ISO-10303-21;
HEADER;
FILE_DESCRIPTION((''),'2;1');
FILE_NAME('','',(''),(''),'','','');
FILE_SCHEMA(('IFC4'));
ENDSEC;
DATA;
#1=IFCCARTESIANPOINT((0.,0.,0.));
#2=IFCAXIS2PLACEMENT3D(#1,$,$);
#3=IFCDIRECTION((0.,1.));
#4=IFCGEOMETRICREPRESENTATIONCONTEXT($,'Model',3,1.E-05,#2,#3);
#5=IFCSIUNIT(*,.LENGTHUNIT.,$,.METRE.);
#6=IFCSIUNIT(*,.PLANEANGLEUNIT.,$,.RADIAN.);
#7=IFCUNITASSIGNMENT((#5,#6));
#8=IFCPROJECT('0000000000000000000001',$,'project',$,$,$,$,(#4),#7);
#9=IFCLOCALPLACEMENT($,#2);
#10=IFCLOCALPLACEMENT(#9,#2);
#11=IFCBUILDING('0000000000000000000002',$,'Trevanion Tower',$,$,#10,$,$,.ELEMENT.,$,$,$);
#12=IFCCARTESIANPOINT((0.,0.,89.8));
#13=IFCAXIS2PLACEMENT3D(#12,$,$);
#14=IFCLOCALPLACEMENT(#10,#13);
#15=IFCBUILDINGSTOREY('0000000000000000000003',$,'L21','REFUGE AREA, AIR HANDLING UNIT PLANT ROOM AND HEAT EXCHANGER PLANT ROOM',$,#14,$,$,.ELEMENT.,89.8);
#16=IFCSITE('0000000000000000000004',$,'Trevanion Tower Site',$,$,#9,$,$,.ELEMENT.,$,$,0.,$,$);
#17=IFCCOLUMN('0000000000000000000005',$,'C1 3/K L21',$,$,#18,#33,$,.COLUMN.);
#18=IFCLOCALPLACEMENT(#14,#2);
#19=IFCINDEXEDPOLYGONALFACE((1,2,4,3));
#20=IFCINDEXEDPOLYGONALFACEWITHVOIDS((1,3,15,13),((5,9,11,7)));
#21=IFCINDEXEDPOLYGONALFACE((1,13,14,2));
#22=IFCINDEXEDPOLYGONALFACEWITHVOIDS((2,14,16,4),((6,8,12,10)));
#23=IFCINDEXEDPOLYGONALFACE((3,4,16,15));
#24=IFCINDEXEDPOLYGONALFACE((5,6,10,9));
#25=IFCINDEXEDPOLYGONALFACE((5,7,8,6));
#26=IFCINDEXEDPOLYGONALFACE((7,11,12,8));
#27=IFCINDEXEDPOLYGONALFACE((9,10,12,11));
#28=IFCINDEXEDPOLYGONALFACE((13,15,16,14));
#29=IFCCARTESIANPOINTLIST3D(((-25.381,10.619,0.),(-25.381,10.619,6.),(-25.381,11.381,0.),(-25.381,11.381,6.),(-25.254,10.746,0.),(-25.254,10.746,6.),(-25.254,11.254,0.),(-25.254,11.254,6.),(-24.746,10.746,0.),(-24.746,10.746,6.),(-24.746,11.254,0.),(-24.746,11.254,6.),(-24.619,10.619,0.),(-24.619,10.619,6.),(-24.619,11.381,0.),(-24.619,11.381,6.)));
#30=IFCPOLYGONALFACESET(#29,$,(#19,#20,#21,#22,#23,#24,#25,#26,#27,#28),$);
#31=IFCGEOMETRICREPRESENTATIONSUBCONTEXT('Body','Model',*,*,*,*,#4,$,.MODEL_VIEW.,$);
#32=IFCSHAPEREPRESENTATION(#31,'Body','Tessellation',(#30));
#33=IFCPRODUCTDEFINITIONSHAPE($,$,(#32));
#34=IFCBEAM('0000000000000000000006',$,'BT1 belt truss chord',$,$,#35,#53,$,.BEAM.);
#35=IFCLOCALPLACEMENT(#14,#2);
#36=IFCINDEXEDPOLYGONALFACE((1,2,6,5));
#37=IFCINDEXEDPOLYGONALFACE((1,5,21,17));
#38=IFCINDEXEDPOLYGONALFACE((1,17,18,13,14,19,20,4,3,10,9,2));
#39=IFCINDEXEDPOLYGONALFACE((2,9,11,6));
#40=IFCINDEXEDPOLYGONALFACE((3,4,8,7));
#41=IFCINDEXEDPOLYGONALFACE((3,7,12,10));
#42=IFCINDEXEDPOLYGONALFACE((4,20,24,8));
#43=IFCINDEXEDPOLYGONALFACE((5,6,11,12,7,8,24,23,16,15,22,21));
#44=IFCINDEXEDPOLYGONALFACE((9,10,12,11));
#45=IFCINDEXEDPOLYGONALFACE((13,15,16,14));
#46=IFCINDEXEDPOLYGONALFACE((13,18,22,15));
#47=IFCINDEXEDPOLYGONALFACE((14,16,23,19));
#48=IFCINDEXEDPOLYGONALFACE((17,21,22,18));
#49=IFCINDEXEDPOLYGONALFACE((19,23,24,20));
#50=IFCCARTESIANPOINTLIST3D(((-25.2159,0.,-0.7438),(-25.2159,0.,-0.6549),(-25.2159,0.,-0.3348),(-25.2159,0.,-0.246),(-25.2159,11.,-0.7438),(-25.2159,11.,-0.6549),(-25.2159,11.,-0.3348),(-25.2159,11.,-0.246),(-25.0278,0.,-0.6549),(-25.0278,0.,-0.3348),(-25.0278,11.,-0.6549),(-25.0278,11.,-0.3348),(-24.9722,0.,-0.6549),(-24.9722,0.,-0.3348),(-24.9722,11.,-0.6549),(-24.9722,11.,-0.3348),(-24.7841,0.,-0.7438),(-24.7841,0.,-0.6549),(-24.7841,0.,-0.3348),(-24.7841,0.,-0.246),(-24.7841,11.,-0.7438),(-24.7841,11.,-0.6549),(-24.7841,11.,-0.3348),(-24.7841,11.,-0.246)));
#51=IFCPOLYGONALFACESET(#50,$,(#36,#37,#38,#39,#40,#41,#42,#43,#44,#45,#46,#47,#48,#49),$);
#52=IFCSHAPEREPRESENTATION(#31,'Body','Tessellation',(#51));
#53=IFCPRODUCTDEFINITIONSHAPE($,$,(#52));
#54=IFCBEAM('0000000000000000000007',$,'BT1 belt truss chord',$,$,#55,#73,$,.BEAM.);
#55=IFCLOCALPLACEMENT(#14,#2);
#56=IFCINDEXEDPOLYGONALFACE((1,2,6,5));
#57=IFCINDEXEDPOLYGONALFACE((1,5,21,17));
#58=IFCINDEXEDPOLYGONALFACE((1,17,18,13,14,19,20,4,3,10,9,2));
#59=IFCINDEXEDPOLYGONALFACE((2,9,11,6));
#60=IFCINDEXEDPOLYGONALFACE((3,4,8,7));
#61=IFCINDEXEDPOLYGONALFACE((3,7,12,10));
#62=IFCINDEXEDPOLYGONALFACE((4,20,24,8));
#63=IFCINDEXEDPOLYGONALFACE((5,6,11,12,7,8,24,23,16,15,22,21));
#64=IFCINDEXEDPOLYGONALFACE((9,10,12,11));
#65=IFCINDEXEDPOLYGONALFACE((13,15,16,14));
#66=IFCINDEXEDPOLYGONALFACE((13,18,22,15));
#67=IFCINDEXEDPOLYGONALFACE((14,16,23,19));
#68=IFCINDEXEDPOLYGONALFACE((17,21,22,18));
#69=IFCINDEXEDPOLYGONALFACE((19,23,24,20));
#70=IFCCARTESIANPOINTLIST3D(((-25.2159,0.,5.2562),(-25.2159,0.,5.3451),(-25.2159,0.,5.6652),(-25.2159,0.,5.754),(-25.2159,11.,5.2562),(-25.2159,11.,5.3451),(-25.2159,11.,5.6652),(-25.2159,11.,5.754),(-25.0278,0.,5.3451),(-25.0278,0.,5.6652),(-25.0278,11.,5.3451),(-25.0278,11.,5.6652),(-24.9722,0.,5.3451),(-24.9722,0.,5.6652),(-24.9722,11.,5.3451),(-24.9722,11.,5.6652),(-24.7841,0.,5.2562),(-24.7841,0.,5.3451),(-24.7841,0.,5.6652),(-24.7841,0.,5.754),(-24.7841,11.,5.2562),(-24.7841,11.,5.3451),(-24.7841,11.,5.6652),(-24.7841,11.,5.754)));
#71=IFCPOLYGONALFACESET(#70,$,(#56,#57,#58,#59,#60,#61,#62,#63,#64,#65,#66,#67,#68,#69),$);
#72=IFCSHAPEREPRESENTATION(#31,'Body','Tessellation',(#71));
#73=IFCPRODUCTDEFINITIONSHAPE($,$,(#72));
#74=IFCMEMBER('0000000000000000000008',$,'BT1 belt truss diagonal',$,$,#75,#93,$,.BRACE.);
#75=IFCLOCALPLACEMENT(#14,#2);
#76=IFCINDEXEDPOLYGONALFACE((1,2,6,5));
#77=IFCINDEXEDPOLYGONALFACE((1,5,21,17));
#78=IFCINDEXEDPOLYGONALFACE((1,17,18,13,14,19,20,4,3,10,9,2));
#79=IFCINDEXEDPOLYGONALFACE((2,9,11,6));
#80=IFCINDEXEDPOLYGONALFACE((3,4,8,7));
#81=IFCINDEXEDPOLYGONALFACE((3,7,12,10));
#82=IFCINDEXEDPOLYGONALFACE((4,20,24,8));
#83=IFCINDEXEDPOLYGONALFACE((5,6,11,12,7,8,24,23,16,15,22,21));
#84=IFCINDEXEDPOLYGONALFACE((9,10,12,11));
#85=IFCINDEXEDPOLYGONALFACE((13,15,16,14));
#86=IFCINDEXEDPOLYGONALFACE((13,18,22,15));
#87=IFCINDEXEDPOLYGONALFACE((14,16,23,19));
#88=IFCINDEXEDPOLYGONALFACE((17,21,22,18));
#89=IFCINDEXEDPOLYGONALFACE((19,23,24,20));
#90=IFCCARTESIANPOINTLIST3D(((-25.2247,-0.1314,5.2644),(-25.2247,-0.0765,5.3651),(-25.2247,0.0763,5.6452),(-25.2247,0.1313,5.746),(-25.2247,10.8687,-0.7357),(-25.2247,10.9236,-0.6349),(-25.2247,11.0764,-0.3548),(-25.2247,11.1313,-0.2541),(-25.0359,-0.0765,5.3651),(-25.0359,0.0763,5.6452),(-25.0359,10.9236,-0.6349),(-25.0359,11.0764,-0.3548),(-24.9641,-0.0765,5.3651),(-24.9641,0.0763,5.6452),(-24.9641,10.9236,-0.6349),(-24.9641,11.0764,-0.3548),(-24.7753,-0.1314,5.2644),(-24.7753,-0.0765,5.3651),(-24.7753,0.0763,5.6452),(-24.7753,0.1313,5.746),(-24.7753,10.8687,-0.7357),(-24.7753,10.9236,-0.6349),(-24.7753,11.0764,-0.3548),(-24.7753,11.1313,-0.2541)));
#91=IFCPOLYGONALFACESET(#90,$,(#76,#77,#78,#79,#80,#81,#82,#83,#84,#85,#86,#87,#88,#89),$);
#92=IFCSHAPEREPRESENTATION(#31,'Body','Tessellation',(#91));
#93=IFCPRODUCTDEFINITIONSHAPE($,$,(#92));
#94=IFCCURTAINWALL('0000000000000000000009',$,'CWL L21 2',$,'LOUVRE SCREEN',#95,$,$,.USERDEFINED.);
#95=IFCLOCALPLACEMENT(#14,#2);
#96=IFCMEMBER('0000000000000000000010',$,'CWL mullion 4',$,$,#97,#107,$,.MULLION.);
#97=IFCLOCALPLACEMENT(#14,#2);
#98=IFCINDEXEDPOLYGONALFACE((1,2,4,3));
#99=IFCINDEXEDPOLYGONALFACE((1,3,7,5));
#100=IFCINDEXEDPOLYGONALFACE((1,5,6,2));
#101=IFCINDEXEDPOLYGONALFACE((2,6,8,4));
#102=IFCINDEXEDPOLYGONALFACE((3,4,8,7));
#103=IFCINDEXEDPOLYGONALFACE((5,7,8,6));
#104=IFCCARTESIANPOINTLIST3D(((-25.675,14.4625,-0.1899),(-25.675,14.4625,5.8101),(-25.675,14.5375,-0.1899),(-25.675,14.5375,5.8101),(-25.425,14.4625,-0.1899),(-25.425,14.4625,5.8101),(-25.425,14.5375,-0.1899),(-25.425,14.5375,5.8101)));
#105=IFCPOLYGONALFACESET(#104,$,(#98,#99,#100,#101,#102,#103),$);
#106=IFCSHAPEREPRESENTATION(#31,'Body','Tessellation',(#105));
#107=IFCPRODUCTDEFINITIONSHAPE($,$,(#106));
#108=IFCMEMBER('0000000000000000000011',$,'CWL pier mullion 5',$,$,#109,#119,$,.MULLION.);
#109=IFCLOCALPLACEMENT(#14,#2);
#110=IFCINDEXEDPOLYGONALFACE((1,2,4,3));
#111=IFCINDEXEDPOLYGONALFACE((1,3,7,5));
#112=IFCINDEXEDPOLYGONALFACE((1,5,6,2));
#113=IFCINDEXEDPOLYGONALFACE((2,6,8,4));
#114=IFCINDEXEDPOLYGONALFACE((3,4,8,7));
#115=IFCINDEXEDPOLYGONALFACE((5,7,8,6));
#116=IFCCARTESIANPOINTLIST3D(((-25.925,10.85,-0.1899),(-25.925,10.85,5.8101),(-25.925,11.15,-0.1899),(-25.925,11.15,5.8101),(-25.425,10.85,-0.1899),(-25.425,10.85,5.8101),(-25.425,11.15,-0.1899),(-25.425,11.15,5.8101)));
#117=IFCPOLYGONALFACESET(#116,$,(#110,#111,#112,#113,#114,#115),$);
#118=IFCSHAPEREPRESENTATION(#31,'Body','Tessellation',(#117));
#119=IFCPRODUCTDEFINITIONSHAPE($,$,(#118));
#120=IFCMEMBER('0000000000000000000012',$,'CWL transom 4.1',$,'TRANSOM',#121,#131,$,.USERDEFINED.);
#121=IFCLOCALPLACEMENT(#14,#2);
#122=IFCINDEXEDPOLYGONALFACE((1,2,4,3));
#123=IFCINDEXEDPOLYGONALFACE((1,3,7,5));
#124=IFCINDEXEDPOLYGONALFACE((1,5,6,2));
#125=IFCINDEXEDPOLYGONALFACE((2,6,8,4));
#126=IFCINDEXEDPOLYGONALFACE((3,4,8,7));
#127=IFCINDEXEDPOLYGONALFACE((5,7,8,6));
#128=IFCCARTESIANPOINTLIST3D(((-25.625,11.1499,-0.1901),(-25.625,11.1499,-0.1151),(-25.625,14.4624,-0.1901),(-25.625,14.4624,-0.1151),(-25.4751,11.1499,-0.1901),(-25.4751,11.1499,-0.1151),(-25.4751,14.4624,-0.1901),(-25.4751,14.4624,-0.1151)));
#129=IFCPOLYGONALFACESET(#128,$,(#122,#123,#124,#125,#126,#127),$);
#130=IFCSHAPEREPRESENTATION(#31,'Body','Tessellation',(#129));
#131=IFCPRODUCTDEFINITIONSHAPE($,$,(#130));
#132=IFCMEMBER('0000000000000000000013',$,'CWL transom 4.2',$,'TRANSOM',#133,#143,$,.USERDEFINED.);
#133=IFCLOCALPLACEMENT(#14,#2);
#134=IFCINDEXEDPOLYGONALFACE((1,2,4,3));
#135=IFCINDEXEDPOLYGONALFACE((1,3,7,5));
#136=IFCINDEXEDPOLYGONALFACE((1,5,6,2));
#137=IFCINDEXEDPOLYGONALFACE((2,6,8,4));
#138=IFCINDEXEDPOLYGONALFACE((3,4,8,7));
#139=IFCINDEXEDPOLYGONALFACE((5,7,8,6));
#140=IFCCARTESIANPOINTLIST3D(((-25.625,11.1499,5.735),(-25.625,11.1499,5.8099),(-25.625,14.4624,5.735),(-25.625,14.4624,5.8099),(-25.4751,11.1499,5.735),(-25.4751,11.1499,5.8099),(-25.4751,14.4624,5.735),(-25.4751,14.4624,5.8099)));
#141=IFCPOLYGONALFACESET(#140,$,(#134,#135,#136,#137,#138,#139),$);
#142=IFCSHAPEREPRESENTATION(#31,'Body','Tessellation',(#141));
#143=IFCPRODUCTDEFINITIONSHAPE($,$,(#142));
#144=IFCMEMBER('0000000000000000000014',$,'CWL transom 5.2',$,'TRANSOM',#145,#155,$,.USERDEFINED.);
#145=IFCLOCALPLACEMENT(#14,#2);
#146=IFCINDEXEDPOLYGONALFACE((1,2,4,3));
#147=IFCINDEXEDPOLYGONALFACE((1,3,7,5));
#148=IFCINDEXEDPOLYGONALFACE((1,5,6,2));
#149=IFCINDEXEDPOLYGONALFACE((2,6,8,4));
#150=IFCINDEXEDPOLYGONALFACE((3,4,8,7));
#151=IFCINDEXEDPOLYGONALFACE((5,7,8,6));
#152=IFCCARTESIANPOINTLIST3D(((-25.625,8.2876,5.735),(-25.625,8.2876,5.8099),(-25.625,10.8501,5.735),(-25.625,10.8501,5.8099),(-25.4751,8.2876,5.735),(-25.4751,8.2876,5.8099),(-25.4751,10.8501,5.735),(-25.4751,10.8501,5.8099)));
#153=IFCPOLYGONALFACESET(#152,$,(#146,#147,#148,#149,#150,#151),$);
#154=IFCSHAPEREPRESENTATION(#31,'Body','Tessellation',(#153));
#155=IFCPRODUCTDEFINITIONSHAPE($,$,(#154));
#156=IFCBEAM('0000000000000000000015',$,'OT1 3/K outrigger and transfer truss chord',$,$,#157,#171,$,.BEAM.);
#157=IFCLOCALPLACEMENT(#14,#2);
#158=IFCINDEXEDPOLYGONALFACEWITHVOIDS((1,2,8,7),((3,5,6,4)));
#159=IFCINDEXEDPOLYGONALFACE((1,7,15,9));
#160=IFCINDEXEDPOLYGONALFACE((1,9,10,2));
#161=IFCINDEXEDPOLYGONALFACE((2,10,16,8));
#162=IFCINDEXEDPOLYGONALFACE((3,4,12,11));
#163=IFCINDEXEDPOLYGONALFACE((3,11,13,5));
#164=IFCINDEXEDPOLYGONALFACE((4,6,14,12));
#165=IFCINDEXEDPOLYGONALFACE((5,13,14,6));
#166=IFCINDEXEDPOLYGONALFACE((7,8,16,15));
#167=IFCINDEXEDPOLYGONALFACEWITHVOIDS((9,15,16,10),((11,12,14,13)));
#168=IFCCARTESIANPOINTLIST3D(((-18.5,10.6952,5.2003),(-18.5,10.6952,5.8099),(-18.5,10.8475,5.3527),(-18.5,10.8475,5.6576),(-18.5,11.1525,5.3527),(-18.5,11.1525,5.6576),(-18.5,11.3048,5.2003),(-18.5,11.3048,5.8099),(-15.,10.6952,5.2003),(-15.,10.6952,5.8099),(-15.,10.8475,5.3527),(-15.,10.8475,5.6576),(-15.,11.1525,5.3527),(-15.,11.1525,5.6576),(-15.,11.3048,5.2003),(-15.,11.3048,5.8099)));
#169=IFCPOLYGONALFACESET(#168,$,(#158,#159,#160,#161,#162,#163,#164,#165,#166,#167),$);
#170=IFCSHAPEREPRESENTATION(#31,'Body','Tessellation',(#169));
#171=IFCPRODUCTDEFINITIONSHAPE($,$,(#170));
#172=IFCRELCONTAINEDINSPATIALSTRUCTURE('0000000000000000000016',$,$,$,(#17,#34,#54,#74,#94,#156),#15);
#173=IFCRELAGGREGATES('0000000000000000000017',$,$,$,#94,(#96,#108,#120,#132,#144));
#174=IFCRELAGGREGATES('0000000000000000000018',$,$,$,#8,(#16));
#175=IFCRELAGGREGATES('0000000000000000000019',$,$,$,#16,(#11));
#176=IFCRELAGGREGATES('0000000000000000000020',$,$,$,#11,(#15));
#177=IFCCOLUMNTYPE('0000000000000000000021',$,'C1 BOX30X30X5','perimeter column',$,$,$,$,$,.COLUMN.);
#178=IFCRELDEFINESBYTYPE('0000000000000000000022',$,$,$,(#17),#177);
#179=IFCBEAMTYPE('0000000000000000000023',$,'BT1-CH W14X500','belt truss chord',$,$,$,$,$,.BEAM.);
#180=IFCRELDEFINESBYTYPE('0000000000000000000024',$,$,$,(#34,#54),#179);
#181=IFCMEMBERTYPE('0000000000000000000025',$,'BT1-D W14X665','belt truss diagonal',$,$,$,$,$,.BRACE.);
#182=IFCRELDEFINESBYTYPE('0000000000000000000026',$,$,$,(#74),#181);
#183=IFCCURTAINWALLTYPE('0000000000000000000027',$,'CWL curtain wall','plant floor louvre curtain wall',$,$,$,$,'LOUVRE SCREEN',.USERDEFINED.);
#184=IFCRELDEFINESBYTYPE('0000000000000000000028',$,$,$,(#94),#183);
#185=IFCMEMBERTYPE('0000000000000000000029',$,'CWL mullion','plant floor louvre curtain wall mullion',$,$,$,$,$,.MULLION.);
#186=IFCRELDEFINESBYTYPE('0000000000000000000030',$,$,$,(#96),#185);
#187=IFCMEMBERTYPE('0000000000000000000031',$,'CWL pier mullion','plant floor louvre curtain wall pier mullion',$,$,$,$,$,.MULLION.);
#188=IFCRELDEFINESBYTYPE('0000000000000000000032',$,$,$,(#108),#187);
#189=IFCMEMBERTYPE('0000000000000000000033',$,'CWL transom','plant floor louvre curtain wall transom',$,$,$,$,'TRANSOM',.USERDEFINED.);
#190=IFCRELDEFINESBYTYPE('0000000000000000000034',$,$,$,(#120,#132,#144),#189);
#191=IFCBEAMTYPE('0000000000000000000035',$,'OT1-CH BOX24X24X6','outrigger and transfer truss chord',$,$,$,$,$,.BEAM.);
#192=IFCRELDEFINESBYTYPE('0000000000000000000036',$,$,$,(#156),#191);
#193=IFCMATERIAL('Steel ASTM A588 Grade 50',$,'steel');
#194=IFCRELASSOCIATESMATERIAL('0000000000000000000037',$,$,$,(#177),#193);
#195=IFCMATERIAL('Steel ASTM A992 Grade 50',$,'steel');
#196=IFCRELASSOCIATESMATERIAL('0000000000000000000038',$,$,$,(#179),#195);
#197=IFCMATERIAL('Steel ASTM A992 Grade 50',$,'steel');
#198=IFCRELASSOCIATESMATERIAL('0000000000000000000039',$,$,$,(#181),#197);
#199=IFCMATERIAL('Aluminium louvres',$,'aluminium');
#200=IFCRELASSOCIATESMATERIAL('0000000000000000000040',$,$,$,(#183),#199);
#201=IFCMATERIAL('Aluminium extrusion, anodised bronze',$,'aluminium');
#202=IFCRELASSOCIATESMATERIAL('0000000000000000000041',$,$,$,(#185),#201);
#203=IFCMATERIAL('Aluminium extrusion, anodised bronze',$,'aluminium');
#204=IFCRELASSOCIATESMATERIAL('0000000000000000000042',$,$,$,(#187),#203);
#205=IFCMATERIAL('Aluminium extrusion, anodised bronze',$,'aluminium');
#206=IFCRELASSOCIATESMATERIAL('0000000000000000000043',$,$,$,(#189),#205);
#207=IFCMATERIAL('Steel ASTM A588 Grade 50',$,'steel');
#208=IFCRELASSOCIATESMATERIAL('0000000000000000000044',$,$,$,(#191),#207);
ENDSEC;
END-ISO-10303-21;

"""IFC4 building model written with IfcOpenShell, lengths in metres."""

from ifc_helpers import new_model, si_unit, direction, frame, origin, origin_2d, place, context, subcontext, project, spatial, rectangle, hollow_rectangle, i_section, extrude, material, material_profile, profile_set, type_object, element, aggregate, save


model = new_model("IFC4")

# Units and contexts
model_context = context("Model", 3, precision=1e-05, world=origin(), true_north=direction((0.0, 1.0)))
body_context = subcontext(model_context, "Body", "Model", "MODEL_VIEW")
ifc_project = project(units=[si_unit("LENGTHUNIT", "METRE"), si_unit("PLANEANGLEUNIT", "RADIAN")], contexts=[model_context])

# Site, building, storey
site_placement = place(None, origin())
site = spatial("IfcSite", under=ifc_project, at=site_placement, Name="Trevanion Tower Site", CompositionType="ELEMENT", RefElevation=0.0)
building_placement = place(site_placement, origin())
building = spatial("IfcBuilding", under=site, at=building_placement, Name="Trevanion Tower", CompositionType="ELEMENT")
storey_placement = place(building_placement, frame((0.0, 0.0, 89.8)))
storey = spatial("IfcBuildingStorey", under=building, at=storey_placement, Name="L21", Description="REFUGE AREA, AIR HANDLING UNIT PLANT ROOM AND HEAT EXCHANGER PLANT ROOM", CompositionType="ELEMENT", Elevation=89.8)

# Column
ifc_material_1 = material(Name="Steel ASTM A588 Grade 50", Category="steel")
ifc_material_profile_1 = material_profile(ifc_material_1, hollow_rectangle(XDim=0.762, YDim=0.762, WallThickness=0.127, at=origin_2d()), Name="BOX30X30X5")
ifc_profile_set_1 = profile_set([ifc_material_profile_1], Name="Steel ASTM A588 Grade 50")
column_type = type_object("IfcColumnType", Name="C1 BOX30X30X5", Description="perimeter column", PredefinedType="COLUMN", material=ifc_profile_set_1)
column_placement = place(storey_placement, frame((-25.0, 11.0, 0.0), z_axis=(0.0, 0.0, 1.0), x_axis=(0.0, 1.0, 0.0)))
element("IfcColumn", 1, at=column_placement, inside=storey, type_object=column_type, Name="C1 3/K L21", PredefinedType="COLUMN", context=body_context, shape_type="SweptSolid", body=[
    extrude(hollow_rectangle(XDim=0.762, YDim=0.762, WallThickness=0.127, at=origin_2d()), origin(), (0.0, 0.0, 1.0), 6.0),
])

# Beams
ifc_material_2 = material(Name="Steel ASTM A992 Grade 50", Category="steel")
ifc_material_profile_2 = material_profile(ifc_material_2, i_section(OverallWidth=0.4319, OverallDepth=0.4978, WebThickness=0.0557, FlangeThickness=0.0889, at=origin_2d()), Name="W14X500")
ifc_profile_set_2 = profile_set([ifc_material_profile_2], Name="Steel ASTM A992 Grade 50")
beam_type_1 = type_object("IfcBeamType", Name="BT1-CH W14X500", Description="belt truss chord", PredefinedType="BEAM", material=ifc_profile_set_2)
for number, where, z_axis, x_axis, name in (
    (2, (-25.0, 11.0, -0.4949), (0.0, -1.0, 0.0), (1.0, 0.0, 0.0), "BT1 belt truss chord"),
    (3, (-25.0, 11.0, 5.5051), (0.0, -1.0, 0.0), (1.0, 0.0, 0.0), "BT1 belt truss chord"),
):
    element("IfcBeam", number, at=place(storey_placement, frame(where, z_axis=z_axis, x_axis=x_axis)), inside=storey, type_object=beam_type_1, Name=name, PredefinedType="BEAM", context=body_context, shape_type="SweptSolid", body=[
        extrude(i_section(OverallWidth=0.4319, OverallDepth=0.4978, WebThickness=0.0557, FlangeThickness=0.0889, at=origin_2d()), origin(), (0.0, 0.0, 1.0), 11.0),
    ])

# Member
ifc_material_3 = material(Name="Steel ASTM A992 Grade 50", Category="steel")
ifc_material_profile_3 = material_profile(ifc_material_3, i_section(OverallWidth=0.4495, OverallDepth=0.5486, WebThickness=0.0718, FlangeThickness=0.1147, at=origin_2d()), Name="W14X665")
ifc_profile_set_3 = profile_set([ifc_material_profile_3], Name="Steel ASTM A992 Grade 50")
member_type_1 = type_object("IfcMemberType", Name="BT1-D W14X665", Description="belt truss diagonal", PredefinedType="BRACE", material=ifc_profile_set_3)
member_1_placement = place(storey_placement, frame((-25.0, 11.0, -0.4949), z_axis=(0.0, -0.877896, 0.478852), x_axis=(1.0, 0.0, 0.0)))
element("IfcMember", 4, at=member_1_placement, inside=storey, type_object=member_type_1, Name="BT1 belt truss diagonal", PredefinedType="BRACE", context=body_context, shape_type="SweptSolid", body=[
    extrude(i_section(OverallWidth=0.4495, OverallDepth=0.5486, WebThickness=0.0718, FlangeThickness=0.1147, at=origin_2d()), origin(), (0.0, 0.0, 1.0), 12.53),
])

# Curtain wall, members
ifc_material_4 = material(Name="Aluminium louvres", Category="aluminium")
curtain_wall_type = type_object("IfcCurtainWallType", Name="CWL curtain wall", Description="plant floor louvre curtain wall", ElementType="LOUVRE SCREEN", PredefinedType="USERDEFINED", material=ifc_material_4)
curtain_wall_placement = place(storey_placement, origin())
curtain_wall = element("IfcCurtainWall", 5, at=curtain_wall_placement, inside=storey, type_object=curtain_wall_type, Name="CWL L21 2", ObjectType="LOUVRE SCREEN", PredefinedType="USERDEFINED")
ifc_material_5 = material(Name="Aluminium extrusion, anodised bronze", Category="aluminium")
ifc_material_profile_4 = material_profile(ifc_material_5, rectangle(XDim=0.075, YDim=0.25, at=origin_2d()), Name="CWL mullion")
ifc_profile_set_4 = profile_set([ifc_material_profile_4], Name="Aluminium extrusion, anodised bronze")
member_type_2 = type_object("IfcMemberType", Name="CWL mullion", Description="plant floor louvre curtain wall mullion", PredefinedType="MULLION", material=ifc_profile_set_4)
member_2_placement = place(storey_placement, frame((-25.55, 14.5, -0.1899), z_axis=(0.0, 0.0, 1.0), x_axis=(0.0, -1.0, 0.0)))
member_2 = element("IfcMember", 6, at=member_2_placement, type_object=member_type_2, Name="CWL mullion 4", PredefinedType="MULLION", context=body_context, shape_type="SweptSolid", body=[
    extrude(rectangle(XDim=0.075, YDim=0.25, at=origin_2d()), origin(), (0.0, 0.0, 1.0), 6.0),
])
ifc_material_6 = material(Name="Aluminium extrusion, anodised bronze", Category="aluminium")
ifc_material_profile_5 = material_profile(ifc_material_6, rectangle(XDim=0.3, YDim=0.5, at=origin_2d()), Name="CWL pier mullion")
ifc_profile_set_5 = profile_set([ifc_material_profile_5], Name="Aluminium extrusion, anodised bronze")
member_type_3 = type_object("IfcMemberType", Name="CWL pier mullion", Description="plant floor louvre curtain wall pier mullion", PredefinedType="MULLION", material=ifc_profile_set_5)
member_3_placement = place(storey_placement, frame((-25.675, 11.0, -0.1899), z_axis=(0.0, 0.0, 1.0), x_axis=(0.0, -1.0, 0.0)))
member_3 = element("IfcMember", 7, at=member_3_placement, type_object=member_type_3, Name="CWL pier mullion 5", PredefinedType="MULLION", context=body_context, shape_type="SweptSolid", body=[
    extrude(rectangle(XDim=0.3, YDim=0.5, at=origin_2d()), origin(), (0.0, 0.0, 1.0), 6.0),
])
ifc_material_7 = material(Name="Aluminium extrusion, anodised bronze", Category="aluminium")
ifc_material_profile_6 = material_profile(ifc_material_7, rectangle(XDim=0.1499, YDim=0.075, at=origin_2d()), Name="CWL transom")
ifc_profile_set_6 = profile_set([ifc_material_profile_6], Name="Aluminium extrusion, anodised bronze")
member_type_4 = type_object("IfcMemberType", Name="CWL transom", Description="plant floor louvre curtain wall transom", ElementType="TRANSOM", PredefinedType="USERDEFINED", material=ifc_profile_set_6)
member_4_placement = place(storey_placement, frame((-25.55, 14.4624, -0.1526), z_axis=(0.0, -1.0, 0.0), x_axis=(1.0, 0.0, 0.0)))
member_4 = element("IfcMember", 8, at=member_4_placement, type_object=member_type_4, Name="CWL transom 4.1", ObjectType="TRANSOM", PredefinedType="USERDEFINED", context=body_context, shape_type="SweptSolid", body=[
    extrude(rectangle(XDim=0.1499, YDim=0.075, at=origin_2d()), origin(), (0.0, 0.0, 1.0), 3.3125),
])
member_5_placement = place(storey_placement, frame((-25.55, 14.4624, 5.7725), z_axis=(0.0, -1.0, 0.0), x_axis=(1.0, 0.0, 0.0)))
member_5 = element("IfcMember", 9, at=member_5_placement, type_object=member_type_4, Name="CWL transom 4.2", ObjectType="TRANSOM", PredefinedType="USERDEFINED", context=body_context, shape_type="SweptSolid", body=[
    extrude(rectangle(XDim=0.1499, YDim=0.075, at=origin_2d()), origin(), (0.0, 0.0, 1.0), 3.3125),
])
member_6_placement = place(storey_placement, frame((-25.55, 10.8501, 5.7725), z_axis=(0.0, -1.0, 0.0), x_axis=(1.0, 0.0, 0.0)))
member_6 = element("IfcMember", 10, at=member_6_placement, type_object=member_type_4, Name="CWL transom 5.2", ObjectType="TRANSOM", PredefinedType="USERDEFINED", context=body_context, shape_type="SweptSolid", body=[
    extrude(rectangle(XDim=0.1499, YDim=0.075, at=origin_2d()), origin(), (0.0, 0.0, 1.0), 2.5625),
])

# Beam
ifc_material_8 = material(Name="Steel ASTM A588 Grade 50", Category="steel")
ifc_material_profile_7 = material_profile(ifc_material_8, hollow_rectangle(XDim=0.6096, YDim=0.6096, WallThickness=0.1523, at=origin_2d()), Name="BOX24X24X6")
ifc_profile_set_7 = profile_set([ifc_material_profile_7], Name="Steel ASTM A588 Grade 50")
beam_type_2 = type_object("IfcBeamType", Name="OT1-CH BOX24X24X6", Description="outrigger and transfer truss chord", PredefinedType="BEAM", material=ifc_profile_set_7)
for number, where, z_axis, x_axis, name in (
    (11, (-15.0, 11.0, 5.5051), (-1.0, 0.0, 0.0), (0.0, -1.0, 0.0), "OT1 3/K outrigger and transfer truss chord"),
):
    element("IfcBeam", number, at=place(storey_placement, frame(where, z_axis=z_axis, x_axis=x_axis)), inside=storey, type_object=beam_type_2, Name=name, PredefinedType="BEAM", context=body_context, shape_type="SweptSolid", body=[
        extrude(hollow_rectangle(XDim=0.6096, YDim=0.6096, WallThickness=0.1523, at=origin_2d()), origin(), (0.0, 0.0, 1.0), 3.5),
    ])

aggregate(curtain_wall, [member_2, member_3, member_4, member_5, member_6])

save(model, "model.ifc")
